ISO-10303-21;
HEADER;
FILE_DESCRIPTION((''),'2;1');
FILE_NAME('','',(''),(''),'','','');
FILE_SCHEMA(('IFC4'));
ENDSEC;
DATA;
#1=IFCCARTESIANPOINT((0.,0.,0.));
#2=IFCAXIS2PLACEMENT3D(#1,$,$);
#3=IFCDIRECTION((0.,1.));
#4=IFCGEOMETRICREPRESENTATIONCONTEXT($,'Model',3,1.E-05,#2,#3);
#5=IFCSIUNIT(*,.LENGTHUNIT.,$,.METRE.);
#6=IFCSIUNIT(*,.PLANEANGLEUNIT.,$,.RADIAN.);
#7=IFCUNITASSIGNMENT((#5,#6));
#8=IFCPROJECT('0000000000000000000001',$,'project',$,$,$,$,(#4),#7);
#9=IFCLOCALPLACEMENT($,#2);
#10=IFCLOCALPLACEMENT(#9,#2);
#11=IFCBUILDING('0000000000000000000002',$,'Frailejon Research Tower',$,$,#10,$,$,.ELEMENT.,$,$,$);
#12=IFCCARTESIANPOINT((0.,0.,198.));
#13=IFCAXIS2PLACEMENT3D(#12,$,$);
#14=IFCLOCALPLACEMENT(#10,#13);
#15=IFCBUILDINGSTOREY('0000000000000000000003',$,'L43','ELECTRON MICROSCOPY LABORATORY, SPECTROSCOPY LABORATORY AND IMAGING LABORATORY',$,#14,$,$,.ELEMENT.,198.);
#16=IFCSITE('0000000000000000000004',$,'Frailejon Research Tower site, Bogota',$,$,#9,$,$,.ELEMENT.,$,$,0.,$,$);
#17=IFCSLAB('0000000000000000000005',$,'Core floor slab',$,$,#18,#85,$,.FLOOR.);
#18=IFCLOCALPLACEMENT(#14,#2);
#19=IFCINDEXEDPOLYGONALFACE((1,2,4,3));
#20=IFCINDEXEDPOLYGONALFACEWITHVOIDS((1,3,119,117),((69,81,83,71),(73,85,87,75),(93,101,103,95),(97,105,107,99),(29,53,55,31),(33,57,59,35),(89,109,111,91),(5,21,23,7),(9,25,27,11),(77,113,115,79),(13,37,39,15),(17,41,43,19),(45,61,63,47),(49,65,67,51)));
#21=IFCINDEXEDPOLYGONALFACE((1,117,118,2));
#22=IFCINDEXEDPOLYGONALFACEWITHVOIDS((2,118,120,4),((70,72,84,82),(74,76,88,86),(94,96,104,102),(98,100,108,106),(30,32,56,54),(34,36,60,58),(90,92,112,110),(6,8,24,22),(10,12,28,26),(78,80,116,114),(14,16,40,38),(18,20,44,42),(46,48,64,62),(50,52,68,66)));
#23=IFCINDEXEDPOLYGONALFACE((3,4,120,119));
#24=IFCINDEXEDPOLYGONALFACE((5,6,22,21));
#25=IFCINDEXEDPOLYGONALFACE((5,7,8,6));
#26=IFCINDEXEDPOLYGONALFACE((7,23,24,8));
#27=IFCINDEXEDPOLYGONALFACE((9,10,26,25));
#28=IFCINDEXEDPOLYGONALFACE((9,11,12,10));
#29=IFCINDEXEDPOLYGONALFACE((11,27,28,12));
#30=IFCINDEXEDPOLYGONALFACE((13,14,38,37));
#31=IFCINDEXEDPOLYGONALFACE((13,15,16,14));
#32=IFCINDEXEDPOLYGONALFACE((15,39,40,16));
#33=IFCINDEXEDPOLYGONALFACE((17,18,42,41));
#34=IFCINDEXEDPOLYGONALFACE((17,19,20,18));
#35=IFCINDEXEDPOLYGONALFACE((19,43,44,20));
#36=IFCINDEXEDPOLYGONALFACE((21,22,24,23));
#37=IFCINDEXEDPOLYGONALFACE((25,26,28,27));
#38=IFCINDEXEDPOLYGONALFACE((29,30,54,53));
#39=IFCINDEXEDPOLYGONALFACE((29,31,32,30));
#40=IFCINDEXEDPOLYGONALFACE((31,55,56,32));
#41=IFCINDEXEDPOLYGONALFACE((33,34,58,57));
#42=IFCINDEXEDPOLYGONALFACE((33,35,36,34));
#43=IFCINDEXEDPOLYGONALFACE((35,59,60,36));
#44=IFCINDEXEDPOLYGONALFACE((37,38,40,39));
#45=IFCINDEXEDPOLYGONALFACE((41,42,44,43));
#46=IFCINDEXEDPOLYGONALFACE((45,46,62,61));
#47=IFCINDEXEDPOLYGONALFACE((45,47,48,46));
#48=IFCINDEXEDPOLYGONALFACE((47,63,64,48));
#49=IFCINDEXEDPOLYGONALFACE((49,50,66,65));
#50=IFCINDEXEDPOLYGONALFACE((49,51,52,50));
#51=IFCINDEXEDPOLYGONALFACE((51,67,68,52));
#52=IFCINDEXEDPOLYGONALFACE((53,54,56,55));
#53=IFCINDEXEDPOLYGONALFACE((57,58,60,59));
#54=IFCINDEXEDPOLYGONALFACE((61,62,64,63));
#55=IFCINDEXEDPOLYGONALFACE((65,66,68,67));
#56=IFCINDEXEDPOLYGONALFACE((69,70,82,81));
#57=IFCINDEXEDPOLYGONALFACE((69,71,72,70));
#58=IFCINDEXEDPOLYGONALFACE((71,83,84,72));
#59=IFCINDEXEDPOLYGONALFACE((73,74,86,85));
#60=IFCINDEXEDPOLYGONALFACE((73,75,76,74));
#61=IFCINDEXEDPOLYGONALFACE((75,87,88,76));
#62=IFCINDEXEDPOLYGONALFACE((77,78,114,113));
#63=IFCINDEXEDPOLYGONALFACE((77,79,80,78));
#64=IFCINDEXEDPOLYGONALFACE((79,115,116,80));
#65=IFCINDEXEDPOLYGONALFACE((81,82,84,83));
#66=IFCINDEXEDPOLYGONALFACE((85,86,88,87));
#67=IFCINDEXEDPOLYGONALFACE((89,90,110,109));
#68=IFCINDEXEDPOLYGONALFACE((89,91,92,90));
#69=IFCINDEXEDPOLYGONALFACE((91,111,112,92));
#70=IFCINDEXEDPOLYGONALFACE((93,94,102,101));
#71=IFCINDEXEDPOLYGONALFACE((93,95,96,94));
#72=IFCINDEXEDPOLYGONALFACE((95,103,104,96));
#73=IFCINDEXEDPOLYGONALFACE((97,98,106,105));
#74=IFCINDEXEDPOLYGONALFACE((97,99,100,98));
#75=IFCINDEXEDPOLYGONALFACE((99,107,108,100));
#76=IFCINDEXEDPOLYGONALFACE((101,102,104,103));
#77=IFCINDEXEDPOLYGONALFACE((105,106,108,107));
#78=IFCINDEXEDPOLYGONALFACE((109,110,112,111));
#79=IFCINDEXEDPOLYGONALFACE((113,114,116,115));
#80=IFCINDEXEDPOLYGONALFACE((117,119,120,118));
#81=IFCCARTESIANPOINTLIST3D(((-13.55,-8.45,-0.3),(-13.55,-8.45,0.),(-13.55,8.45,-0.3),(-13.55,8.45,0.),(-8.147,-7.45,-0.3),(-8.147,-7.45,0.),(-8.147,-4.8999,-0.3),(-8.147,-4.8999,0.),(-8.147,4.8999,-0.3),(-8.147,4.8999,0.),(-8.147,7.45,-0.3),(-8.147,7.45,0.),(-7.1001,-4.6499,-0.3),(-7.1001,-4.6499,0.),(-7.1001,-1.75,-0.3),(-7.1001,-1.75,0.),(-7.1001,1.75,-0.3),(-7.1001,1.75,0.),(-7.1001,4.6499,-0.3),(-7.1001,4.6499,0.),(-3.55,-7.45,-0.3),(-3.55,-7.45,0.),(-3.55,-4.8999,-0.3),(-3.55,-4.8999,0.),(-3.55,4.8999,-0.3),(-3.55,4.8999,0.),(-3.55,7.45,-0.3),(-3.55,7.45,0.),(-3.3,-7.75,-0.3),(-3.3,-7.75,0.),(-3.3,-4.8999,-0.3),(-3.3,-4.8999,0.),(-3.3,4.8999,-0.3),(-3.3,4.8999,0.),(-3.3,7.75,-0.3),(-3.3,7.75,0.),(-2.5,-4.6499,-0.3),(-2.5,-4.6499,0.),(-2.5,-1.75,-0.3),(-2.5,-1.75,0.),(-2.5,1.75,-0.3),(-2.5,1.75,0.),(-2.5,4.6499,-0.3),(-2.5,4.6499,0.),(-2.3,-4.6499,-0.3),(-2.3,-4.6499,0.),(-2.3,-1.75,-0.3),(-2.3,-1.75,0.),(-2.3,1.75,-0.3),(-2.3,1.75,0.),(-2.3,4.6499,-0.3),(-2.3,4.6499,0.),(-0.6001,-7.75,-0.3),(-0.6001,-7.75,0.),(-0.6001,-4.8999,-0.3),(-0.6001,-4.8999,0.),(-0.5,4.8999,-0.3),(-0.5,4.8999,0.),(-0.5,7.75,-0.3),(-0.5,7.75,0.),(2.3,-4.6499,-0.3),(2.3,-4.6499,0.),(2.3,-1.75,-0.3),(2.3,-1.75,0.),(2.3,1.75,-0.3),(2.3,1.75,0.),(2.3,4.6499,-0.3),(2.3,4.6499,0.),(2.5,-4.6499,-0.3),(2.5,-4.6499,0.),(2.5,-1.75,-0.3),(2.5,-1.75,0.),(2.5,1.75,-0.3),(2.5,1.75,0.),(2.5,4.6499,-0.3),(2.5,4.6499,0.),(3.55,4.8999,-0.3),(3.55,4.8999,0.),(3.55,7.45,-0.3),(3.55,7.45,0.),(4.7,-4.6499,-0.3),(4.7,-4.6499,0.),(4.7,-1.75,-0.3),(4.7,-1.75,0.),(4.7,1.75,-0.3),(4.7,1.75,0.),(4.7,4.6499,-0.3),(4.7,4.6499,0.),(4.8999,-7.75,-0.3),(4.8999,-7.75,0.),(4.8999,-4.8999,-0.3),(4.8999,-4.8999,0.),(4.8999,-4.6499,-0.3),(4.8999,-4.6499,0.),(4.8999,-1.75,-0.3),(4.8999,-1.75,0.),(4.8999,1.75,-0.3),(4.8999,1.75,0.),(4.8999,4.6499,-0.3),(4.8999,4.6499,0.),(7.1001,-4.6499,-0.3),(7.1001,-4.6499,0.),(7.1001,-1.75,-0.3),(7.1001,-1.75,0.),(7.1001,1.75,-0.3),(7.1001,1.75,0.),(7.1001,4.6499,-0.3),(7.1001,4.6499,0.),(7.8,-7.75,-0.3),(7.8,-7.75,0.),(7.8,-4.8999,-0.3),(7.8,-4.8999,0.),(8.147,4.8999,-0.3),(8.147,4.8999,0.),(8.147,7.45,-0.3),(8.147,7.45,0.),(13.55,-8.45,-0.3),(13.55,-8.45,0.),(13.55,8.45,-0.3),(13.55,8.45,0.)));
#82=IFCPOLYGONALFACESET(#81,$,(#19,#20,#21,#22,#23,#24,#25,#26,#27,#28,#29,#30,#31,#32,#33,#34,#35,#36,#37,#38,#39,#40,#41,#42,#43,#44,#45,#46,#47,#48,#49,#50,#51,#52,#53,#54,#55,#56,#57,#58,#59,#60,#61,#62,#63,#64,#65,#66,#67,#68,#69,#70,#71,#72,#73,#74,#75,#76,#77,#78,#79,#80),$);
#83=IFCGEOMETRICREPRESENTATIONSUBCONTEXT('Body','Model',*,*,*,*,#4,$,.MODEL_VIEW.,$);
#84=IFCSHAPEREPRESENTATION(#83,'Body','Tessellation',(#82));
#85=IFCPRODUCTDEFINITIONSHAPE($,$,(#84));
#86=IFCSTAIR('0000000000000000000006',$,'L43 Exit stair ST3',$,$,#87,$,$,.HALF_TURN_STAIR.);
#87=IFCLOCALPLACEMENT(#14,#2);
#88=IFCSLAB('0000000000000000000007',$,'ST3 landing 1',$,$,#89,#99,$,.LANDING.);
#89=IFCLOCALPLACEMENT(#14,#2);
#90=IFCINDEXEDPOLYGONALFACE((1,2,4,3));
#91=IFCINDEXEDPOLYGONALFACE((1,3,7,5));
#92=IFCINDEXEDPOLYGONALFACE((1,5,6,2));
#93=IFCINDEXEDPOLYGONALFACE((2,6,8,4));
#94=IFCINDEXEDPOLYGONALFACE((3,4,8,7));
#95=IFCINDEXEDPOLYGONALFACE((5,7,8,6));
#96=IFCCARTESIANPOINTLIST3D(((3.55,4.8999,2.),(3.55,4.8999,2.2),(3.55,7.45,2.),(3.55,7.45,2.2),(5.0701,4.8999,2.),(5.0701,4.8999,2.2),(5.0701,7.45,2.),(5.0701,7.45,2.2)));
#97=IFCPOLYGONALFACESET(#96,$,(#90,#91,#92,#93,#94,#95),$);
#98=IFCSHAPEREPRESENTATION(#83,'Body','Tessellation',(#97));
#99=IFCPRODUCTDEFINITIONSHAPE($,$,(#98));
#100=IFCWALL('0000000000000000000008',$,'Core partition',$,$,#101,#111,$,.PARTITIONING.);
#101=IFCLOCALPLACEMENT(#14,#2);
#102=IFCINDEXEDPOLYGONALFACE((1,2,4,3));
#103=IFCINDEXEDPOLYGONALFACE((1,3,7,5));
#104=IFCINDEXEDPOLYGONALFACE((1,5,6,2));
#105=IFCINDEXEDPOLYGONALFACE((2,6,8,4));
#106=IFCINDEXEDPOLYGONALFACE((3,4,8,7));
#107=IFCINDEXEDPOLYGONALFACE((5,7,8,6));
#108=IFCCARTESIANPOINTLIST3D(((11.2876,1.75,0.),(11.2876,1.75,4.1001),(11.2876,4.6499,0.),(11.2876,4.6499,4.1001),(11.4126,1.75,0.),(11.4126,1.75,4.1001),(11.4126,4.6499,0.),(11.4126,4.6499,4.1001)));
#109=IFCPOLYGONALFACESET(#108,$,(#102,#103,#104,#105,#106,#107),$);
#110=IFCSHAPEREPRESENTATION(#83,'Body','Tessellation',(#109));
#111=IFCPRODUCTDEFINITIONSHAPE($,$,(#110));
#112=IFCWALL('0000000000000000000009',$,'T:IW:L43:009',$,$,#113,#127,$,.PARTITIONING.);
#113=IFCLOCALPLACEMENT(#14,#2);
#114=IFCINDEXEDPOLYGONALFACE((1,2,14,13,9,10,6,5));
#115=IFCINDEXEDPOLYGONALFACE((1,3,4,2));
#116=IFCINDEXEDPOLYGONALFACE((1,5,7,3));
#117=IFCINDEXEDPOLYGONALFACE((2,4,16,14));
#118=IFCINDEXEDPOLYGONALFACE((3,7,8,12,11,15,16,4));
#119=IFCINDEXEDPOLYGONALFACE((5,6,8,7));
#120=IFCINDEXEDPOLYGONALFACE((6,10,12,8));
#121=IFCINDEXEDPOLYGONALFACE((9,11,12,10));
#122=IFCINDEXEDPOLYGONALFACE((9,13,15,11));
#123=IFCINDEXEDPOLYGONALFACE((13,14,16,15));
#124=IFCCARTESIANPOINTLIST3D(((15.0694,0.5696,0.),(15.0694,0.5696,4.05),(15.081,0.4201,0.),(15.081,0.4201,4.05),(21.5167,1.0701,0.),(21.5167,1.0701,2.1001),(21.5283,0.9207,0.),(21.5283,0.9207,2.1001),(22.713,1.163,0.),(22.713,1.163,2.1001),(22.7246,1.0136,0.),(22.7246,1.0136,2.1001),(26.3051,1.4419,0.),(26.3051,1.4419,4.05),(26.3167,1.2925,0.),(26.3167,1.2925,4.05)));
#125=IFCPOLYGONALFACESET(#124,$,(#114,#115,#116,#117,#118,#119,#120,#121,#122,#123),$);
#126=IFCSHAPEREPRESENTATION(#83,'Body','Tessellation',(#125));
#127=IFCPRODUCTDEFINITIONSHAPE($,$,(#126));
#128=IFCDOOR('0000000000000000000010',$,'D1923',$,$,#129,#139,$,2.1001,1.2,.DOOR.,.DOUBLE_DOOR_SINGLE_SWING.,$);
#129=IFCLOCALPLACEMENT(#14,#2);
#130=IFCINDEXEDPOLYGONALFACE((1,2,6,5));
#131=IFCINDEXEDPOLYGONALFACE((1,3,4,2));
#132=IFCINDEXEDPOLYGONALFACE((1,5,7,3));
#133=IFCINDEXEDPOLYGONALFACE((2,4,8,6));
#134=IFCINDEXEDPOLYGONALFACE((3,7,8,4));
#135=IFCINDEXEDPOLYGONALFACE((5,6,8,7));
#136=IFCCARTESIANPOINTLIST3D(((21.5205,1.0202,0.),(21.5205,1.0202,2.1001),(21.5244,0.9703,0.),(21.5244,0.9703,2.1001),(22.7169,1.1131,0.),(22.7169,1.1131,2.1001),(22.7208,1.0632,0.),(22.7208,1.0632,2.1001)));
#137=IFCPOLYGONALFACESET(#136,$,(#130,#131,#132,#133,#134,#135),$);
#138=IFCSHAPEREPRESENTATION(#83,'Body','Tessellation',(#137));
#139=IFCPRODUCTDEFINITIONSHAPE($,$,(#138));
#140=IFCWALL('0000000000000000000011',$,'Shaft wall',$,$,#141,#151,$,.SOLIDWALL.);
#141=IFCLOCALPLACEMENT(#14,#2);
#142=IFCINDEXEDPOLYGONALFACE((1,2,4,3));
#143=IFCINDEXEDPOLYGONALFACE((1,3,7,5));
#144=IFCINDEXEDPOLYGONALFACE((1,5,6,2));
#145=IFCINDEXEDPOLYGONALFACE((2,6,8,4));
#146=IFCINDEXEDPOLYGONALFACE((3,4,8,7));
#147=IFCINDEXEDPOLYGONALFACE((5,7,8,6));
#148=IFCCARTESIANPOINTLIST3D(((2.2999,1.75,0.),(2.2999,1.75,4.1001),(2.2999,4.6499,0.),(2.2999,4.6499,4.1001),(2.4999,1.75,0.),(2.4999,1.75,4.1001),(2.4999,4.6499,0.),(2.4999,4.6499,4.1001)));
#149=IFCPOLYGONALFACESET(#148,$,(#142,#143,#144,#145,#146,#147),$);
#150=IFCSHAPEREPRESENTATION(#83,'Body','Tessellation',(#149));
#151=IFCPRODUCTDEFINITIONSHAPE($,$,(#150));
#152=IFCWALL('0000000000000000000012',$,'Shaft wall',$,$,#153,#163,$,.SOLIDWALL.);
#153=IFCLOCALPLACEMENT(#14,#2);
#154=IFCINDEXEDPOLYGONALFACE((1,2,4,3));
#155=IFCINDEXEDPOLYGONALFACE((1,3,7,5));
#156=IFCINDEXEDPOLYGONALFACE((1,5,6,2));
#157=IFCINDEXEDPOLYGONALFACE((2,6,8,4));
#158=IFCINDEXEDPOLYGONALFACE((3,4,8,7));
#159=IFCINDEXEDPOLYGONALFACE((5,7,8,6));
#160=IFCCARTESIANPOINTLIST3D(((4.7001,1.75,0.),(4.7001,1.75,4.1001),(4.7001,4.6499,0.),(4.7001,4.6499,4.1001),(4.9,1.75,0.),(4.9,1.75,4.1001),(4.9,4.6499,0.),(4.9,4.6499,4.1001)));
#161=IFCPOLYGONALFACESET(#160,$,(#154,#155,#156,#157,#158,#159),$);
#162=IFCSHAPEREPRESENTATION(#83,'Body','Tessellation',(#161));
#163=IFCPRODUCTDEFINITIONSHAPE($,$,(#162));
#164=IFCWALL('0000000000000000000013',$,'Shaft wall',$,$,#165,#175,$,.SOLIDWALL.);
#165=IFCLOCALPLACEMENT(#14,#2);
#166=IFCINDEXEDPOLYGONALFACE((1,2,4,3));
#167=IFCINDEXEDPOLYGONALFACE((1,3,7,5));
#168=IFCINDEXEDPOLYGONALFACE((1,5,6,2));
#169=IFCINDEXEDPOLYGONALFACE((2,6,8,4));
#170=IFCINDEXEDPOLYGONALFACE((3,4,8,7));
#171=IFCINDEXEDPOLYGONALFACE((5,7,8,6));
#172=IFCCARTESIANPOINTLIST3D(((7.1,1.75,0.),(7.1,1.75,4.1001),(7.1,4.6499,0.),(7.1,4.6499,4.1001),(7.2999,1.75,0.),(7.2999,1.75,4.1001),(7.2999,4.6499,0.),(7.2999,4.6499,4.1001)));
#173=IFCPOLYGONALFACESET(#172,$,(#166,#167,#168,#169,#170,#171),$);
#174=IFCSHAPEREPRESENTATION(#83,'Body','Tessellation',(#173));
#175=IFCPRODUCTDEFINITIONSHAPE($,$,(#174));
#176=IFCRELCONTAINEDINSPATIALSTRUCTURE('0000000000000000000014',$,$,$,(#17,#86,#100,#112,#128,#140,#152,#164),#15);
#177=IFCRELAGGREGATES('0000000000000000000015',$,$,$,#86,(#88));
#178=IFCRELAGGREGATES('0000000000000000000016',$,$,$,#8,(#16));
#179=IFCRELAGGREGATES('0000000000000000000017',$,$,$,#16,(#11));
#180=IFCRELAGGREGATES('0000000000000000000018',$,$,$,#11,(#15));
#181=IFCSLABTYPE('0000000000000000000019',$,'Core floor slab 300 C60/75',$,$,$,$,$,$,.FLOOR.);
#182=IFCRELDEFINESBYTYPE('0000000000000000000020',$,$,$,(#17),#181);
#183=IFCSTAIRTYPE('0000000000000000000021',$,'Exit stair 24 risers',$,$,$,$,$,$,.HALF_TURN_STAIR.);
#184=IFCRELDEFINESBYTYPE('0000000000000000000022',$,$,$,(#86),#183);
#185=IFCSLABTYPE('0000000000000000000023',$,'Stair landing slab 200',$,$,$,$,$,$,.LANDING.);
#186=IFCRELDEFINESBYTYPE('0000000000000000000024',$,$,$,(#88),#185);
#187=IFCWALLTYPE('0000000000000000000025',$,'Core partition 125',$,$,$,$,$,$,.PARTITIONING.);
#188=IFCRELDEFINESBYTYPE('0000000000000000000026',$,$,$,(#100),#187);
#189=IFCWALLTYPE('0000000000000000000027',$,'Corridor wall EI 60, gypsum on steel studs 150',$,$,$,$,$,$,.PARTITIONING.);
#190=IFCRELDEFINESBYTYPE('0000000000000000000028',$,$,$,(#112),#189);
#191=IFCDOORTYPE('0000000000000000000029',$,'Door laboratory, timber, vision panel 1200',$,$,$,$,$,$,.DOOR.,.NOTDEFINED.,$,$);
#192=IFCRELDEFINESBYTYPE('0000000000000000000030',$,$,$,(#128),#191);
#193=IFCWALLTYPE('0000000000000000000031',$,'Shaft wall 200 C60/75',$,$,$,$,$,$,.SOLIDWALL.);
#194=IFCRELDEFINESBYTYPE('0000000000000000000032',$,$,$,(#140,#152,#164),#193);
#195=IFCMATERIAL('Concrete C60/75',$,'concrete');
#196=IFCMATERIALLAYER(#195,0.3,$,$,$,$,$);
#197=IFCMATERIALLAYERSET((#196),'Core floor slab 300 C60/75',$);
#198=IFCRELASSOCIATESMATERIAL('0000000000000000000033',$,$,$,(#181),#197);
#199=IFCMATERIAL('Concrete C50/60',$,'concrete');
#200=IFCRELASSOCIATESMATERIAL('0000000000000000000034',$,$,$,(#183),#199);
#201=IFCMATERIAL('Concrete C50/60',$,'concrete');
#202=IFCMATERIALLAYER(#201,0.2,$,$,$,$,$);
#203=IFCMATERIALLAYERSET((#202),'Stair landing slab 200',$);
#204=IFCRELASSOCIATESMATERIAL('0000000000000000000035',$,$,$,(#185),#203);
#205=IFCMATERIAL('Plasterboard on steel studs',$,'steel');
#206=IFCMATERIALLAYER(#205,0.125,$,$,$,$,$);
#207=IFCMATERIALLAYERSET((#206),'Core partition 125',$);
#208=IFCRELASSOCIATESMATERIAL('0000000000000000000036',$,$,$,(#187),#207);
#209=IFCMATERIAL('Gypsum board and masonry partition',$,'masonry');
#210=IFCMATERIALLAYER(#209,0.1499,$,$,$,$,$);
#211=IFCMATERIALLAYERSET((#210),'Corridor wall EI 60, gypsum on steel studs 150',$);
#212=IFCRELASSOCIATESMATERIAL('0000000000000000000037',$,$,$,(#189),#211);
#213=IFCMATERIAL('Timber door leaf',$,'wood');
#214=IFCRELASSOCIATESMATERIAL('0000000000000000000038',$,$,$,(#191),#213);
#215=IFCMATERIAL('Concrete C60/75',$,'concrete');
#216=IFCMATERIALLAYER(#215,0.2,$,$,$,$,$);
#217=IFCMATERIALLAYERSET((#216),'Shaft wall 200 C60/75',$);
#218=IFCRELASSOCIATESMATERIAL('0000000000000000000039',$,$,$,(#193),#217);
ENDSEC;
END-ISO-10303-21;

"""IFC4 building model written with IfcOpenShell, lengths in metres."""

from ifc_helpers import new_model, si_unit, direction, frame, frame_2d, origin, place, context, subcontext, project, spatial, polyline, rectangle, outline, extrude, material, layer, layer_set, type_object, element, fill, aggregate, save


model = new_model("IFC4")

# Units and contexts
model_context = context("Model", 3, precision=1e-05, world=origin(), true_north=direction((0.0, 1.0)))
body_context = subcontext(model_context, "Body", "Model", "MODEL_VIEW")
ifc_project = project(units=[si_unit("LENGTHUNIT", "METRE"), si_unit("PLANEANGLEUNIT", "RADIAN")], contexts=[model_context])

# Site, building, storey
site_placement = place(None, origin())
site = spatial("IfcSite", under=ifc_project, at=site_placement, Name="Frailejon Research Tower site, Bogota", CompositionType="ELEMENT", RefElevation=0.0)
building_placement = place(site_placement, origin())
building = spatial("IfcBuilding", under=site, at=building_placement, Name="Frailejon Research Tower", CompositionType="ELEMENT")
storey_placement = place(building_placement, frame((0.0, 0.0, 198.0)))
storey = spatial("IfcBuildingStorey", under=building, at=storey_placement, Name="L43", Description="ELECTRON MICROSCOPY LABORATORY, SPECTROSCOPY LABORATORY AND IMAGING LABORATORY", CompositionType="ELEMENT", Elevation=198.0)

# Slab
ifc_material_1 = material(Name="Concrete C60/75", Category="concrete")
ifc_layer_1 = layer(ifc_material_1, 0.3)
ifc_layer_set_1 = layer_set([ifc_layer_1], Name="Core floor slab 300 C60/75")
slab_type_1 = type_object("IfcSlabType", Name="Core floor slab 300 C60/75", PredefinedType="FLOOR", material=ifc_layer_set_1)
slab_1_placement = place(storey_placement, frame((0.0, 0.0, -0.3)))
element("IfcSlab", 1, at=slab_1_placement, inside=storey, type_object=slab_type_1, Name="Core floor slab", PredefinedType="FLOOR", context=body_context, shape_type="SweptSolid", body=[
    extrude(outline(polyline([(13.55, -8.45), (13.55, 8.45), (-13.55, 8.45), (-13.55, -8.45), (13.55, -8.45)]), holes=[polyline([(-2.5, 1.75), (-2.5, 4.6499), (-7.1001, 4.6499), (-7.1001, 1.75), (-2.5, 1.75)]), polyline([(2.3, 1.75), (2.3, 4.6499), (-2.3, 4.6499), (-2.3, 1.75), (2.3, 1.75)]), polyline([(4.7, 1.75), (4.7, 4.6499), (2.5, 4.6499), (2.5, 1.75), (4.7, 1.75)]), polyline([(7.1001, 1.75), (7.1001, 4.6499), (4.8999, 4.6499), (4.8999, 1.75), (7.1001, 1.75)]), polyline([(-2.5, -4.6499), (-2.5, -1.75), (-7.1001, -1.75), (-7.1001, -4.6499), (-2.5, -4.6499)]), polyline([(2.3, -4.6499), (2.3, -1.75), (-2.3, -1.75), (-2.3, -4.6499), (2.3, -4.6499)]), polyline([(4.7, -4.6499), (4.7, -1.75), (2.5, -1.75), (2.5, -4.6499), (4.7, -4.6499)]), polyline([(7.1001, -4.6499), (7.1001, -1.75), (4.8999, -1.75), (4.8999, -4.6499), (7.1001, -4.6499)]), polyline([(-8.147, 4.8999), (-3.55, 4.8999), (-3.55, 7.45), (-8.147, 7.45), (-8.147, 4.8999)]), polyline([(-8.147, -7.45), (-3.55, -7.45), (-3.55, -4.8999), (-8.147, -4.8999), (-8.147, -7.45)]), polyline([(8.147, 7.45), (3.55, 7.45), (3.55, 4.8999), (8.147, 4.8999), (8.147, 7.45)]), polyline([(-0.6001, -7.75), (-0.6001, -4.8999), (-3.3, -4.8999), (-3.3, -7.75), (-0.6001, -7.75)]), polyline([(7.8, -7.75), (7.8, -4.8999), (4.8999, -4.8999), (4.8999, -7.75), (7.8, -7.75)]), polyline([(-0.5, 4.8999), (-0.5, 7.75), (-3.3, 7.75), (-3.3, 4.8999), (-0.5, 4.8999)])]), origin(), (0.0, 0.0, 1.0), 0.3),
])

# Stair, slab
ifc_material_2 = material(Name="Concrete C50/60", Category="concrete")
stair_type = type_object("IfcStairType", Name="Exit stair 24 risers", PredefinedType="HALF_TURN_STAIR", material=ifc_material_2)
stair_placement = place(storey_placement, origin())
stair = element("IfcStair", 2, at=stair_placement, inside=storey, type_object=stair_type, Name="L43 Exit stair ST3", PredefinedType="HALF_TURN_STAIR")
ifc_material_3 = material(Name="Concrete C50/60", Category="concrete")
ifc_layer_2 = layer(ifc_material_3, 0.2)
ifc_layer_set_2 = layer_set([ifc_layer_2], Name="Stair landing slab 200")
slab_type_2 = type_object("IfcSlabType", Name="Stair landing slab 200", PredefinedType="LANDING", material=ifc_layer_set_2)
slab_2_placement = place(storey_placement, frame((0.0, 0.0, 2.0)))
slab_2 = element("IfcSlab", 3, at=slab_2_placement, type_object=slab_type_2, Name="ST3 landing 1", PredefinedType="LANDING", context=body_context, shape_type="SweptSolid", body=[
    extrude(outline(polyline([(5.0701, 7.45), (3.55, 7.45), (3.55, 4.8999), (5.0701, 4.8999), (5.0701, 7.45)])), origin(), (0.0, 0.0, 1.0), 0.2),
])

# Wall
ifc_material_4 = material(Name="Plasterboard on steel studs", Category="steel")
ifc_layer_3 = layer(ifc_material_4, 0.125)
ifc_layer_set_3 = layer_set([ifc_layer_3], Name="Core partition 125")
wall_type_1 = type_object("IfcWallType", Name="Core partition 125", PredefinedType="PARTITIONING", material=ifc_layer_set_3)
wall_1_placement = place(storey_placement, frame((11.3501, 1.75, 0.0), z_axis=(0.0, 0.0, 1.0), x_axis=(0.0, 1.0, 0.0)))
element("IfcWall", 4, at=wall_1_placement, inside=storey, type_object=wall_type_1, Name="Core partition", PredefinedType="PARTITIONING", context=body_context, shape_type="SweptSolid", body=[
    extrude(rectangle(XDim=2.8999, YDim=0.125, at=frame_2d((1.45, 0.0))), origin(), (0.0, 0.0, 1.0), 4.1001),
])

# Wall, opening, door
ifc_material_5 = material(Name="Gypsum board and masonry partition", Category="masonry")
ifc_layer_4 = layer(ifc_material_5, 0.1499)
ifc_layer_set_4 = layer_set([ifc_layer_4], Name="Corridor wall EI 60, gypsum on steel studs 150")
wall_type_2 = type_object("IfcWallType", Name="Corridor wall EI 60, gypsum on steel studs 150", PredefinedType="PARTITIONING", material=ifc_layer_set_4)
wall_2_placement = place(storey_placement, frame((15.0752, 0.4949, 0.0), z_axis=(0.0, 0.0, 1.0), x_axis=(0.997, 0.077404, 0.0)))
wall_2 = element("IfcWall", 5, at=wall_2_placement, inside=storey, type_object=wall_type_2, Name="T:IW:L43:009", PredefinedType="PARTITIONING", context=body_context, shape_type="SweptSolid", body=[
    extrude(rectangle(XDim=11.2695, YDim=0.1499, at=frame_2d((5.6348, 0.0))), origin(), (0.0, 0.0, 1.0), 4.05),
])
opening_1_placement = place(wall_2_placement, frame((6.4666, 0.0, 0.0)))
opening_1 = element("IfcOpeningElement", 6, at=opening_1_placement, cuts=wall_2, PredefinedType="OPENING", context=body_context, shape_type="SweptSolid", body=[
    extrude(rectangle(XDim=1.2, YDim=2.1001, at=frame_2d((0.6001, 1.05))), frame((0.0, 0.085, 0.0), z_axis=(0.0, -1.0, 0.0), x_axis=(1.0, 0.0, 0.0)), (0.0, 0.0, 1.0), 0.1699),
])
ifc_material_6 = material(Name="Timber door leaf", Category="wood")
door_type_1 = type_object("IfcDoorType", Name="Door laboratory, timber, vision panel 1200", OperationType="NOTDEFINED", PredefinedType="DOOR", material=ifc_material_6)
door_1_placement = place(opening_1_placement, origin())
door_1 = element("IfcDoor", 7, at=door_1_placement, inside=storey, type_object=door_type_1, Name="D1923", OperationType="DOUBLE_DOOR_SINGLE_SWING", OverallHeight=2.1001, OverallWidth=1.2, PredefinedType="DOOR", context=body_context, shape_type="SweptSolid", body=[
    extrude(rectangle(XDim=1.2, YDim=2.1001, at=frame_2d((0.6001, 1.05))), frame((0.0, 0.0249, 0.0), z_axis=(0.0, -1.0, 0.0), x_axis=(1.0, 0.0, 0.0)), (0.0, 0.0, 1.0), 0.05),
])
fill(opening_1, door_1)

# Walls
ifc_material_7 = material(Name="Concrete C60/75", Category="concrete")
ifc_layer_5 = layer(ifc_material_7, 0.2)
ifc_layer_set_5 = layer_set([ifc_layer_5], Name="Shaft wall 200 C60/75")
wall_type_3 = type_object("IfcWallType", Name="Shaft wall 200 C60/75", PredefinedType="SOLIDWALL", material=ifc_layer_set_5)
for number, where, z_axis, x_axis, name in (
    (8, (2.3999, 1.75, 0.0), (0.0, 0.0, 1.0), (0.0, 1.0, 0.0), "Shaft wall"),
    (9, (4.8, 1.75, 0.0), (0.0, 0.0, 1.0), (0.0, 1.0, 0.0), "Shaft wall"),
    (10, (7.2, 1.75, 0.0), (0.0, 0.0, 1.0), (0.0, 1.0, 0.0), "Shaft wall"),
):
    element("IfcWall", number, at=place(storey_placement, frame(where, z_axis=z_axis, x_axis=x_axis)), inside=storey, type_object=wall_type_3, Name=name, PredefinedType="SOLIDWALL", context=body_context, shape_type="SweptSolid", body=[
        extrude(rectangle(XDim=2.8999, YDim=0.2, at=frame_2d((1.45, 0.0))), origin(), (0.0, 0.0, 1.0), 4.1001),
    ])

aggregate(stair, [slab_2])

save(model, "model.ifc")
